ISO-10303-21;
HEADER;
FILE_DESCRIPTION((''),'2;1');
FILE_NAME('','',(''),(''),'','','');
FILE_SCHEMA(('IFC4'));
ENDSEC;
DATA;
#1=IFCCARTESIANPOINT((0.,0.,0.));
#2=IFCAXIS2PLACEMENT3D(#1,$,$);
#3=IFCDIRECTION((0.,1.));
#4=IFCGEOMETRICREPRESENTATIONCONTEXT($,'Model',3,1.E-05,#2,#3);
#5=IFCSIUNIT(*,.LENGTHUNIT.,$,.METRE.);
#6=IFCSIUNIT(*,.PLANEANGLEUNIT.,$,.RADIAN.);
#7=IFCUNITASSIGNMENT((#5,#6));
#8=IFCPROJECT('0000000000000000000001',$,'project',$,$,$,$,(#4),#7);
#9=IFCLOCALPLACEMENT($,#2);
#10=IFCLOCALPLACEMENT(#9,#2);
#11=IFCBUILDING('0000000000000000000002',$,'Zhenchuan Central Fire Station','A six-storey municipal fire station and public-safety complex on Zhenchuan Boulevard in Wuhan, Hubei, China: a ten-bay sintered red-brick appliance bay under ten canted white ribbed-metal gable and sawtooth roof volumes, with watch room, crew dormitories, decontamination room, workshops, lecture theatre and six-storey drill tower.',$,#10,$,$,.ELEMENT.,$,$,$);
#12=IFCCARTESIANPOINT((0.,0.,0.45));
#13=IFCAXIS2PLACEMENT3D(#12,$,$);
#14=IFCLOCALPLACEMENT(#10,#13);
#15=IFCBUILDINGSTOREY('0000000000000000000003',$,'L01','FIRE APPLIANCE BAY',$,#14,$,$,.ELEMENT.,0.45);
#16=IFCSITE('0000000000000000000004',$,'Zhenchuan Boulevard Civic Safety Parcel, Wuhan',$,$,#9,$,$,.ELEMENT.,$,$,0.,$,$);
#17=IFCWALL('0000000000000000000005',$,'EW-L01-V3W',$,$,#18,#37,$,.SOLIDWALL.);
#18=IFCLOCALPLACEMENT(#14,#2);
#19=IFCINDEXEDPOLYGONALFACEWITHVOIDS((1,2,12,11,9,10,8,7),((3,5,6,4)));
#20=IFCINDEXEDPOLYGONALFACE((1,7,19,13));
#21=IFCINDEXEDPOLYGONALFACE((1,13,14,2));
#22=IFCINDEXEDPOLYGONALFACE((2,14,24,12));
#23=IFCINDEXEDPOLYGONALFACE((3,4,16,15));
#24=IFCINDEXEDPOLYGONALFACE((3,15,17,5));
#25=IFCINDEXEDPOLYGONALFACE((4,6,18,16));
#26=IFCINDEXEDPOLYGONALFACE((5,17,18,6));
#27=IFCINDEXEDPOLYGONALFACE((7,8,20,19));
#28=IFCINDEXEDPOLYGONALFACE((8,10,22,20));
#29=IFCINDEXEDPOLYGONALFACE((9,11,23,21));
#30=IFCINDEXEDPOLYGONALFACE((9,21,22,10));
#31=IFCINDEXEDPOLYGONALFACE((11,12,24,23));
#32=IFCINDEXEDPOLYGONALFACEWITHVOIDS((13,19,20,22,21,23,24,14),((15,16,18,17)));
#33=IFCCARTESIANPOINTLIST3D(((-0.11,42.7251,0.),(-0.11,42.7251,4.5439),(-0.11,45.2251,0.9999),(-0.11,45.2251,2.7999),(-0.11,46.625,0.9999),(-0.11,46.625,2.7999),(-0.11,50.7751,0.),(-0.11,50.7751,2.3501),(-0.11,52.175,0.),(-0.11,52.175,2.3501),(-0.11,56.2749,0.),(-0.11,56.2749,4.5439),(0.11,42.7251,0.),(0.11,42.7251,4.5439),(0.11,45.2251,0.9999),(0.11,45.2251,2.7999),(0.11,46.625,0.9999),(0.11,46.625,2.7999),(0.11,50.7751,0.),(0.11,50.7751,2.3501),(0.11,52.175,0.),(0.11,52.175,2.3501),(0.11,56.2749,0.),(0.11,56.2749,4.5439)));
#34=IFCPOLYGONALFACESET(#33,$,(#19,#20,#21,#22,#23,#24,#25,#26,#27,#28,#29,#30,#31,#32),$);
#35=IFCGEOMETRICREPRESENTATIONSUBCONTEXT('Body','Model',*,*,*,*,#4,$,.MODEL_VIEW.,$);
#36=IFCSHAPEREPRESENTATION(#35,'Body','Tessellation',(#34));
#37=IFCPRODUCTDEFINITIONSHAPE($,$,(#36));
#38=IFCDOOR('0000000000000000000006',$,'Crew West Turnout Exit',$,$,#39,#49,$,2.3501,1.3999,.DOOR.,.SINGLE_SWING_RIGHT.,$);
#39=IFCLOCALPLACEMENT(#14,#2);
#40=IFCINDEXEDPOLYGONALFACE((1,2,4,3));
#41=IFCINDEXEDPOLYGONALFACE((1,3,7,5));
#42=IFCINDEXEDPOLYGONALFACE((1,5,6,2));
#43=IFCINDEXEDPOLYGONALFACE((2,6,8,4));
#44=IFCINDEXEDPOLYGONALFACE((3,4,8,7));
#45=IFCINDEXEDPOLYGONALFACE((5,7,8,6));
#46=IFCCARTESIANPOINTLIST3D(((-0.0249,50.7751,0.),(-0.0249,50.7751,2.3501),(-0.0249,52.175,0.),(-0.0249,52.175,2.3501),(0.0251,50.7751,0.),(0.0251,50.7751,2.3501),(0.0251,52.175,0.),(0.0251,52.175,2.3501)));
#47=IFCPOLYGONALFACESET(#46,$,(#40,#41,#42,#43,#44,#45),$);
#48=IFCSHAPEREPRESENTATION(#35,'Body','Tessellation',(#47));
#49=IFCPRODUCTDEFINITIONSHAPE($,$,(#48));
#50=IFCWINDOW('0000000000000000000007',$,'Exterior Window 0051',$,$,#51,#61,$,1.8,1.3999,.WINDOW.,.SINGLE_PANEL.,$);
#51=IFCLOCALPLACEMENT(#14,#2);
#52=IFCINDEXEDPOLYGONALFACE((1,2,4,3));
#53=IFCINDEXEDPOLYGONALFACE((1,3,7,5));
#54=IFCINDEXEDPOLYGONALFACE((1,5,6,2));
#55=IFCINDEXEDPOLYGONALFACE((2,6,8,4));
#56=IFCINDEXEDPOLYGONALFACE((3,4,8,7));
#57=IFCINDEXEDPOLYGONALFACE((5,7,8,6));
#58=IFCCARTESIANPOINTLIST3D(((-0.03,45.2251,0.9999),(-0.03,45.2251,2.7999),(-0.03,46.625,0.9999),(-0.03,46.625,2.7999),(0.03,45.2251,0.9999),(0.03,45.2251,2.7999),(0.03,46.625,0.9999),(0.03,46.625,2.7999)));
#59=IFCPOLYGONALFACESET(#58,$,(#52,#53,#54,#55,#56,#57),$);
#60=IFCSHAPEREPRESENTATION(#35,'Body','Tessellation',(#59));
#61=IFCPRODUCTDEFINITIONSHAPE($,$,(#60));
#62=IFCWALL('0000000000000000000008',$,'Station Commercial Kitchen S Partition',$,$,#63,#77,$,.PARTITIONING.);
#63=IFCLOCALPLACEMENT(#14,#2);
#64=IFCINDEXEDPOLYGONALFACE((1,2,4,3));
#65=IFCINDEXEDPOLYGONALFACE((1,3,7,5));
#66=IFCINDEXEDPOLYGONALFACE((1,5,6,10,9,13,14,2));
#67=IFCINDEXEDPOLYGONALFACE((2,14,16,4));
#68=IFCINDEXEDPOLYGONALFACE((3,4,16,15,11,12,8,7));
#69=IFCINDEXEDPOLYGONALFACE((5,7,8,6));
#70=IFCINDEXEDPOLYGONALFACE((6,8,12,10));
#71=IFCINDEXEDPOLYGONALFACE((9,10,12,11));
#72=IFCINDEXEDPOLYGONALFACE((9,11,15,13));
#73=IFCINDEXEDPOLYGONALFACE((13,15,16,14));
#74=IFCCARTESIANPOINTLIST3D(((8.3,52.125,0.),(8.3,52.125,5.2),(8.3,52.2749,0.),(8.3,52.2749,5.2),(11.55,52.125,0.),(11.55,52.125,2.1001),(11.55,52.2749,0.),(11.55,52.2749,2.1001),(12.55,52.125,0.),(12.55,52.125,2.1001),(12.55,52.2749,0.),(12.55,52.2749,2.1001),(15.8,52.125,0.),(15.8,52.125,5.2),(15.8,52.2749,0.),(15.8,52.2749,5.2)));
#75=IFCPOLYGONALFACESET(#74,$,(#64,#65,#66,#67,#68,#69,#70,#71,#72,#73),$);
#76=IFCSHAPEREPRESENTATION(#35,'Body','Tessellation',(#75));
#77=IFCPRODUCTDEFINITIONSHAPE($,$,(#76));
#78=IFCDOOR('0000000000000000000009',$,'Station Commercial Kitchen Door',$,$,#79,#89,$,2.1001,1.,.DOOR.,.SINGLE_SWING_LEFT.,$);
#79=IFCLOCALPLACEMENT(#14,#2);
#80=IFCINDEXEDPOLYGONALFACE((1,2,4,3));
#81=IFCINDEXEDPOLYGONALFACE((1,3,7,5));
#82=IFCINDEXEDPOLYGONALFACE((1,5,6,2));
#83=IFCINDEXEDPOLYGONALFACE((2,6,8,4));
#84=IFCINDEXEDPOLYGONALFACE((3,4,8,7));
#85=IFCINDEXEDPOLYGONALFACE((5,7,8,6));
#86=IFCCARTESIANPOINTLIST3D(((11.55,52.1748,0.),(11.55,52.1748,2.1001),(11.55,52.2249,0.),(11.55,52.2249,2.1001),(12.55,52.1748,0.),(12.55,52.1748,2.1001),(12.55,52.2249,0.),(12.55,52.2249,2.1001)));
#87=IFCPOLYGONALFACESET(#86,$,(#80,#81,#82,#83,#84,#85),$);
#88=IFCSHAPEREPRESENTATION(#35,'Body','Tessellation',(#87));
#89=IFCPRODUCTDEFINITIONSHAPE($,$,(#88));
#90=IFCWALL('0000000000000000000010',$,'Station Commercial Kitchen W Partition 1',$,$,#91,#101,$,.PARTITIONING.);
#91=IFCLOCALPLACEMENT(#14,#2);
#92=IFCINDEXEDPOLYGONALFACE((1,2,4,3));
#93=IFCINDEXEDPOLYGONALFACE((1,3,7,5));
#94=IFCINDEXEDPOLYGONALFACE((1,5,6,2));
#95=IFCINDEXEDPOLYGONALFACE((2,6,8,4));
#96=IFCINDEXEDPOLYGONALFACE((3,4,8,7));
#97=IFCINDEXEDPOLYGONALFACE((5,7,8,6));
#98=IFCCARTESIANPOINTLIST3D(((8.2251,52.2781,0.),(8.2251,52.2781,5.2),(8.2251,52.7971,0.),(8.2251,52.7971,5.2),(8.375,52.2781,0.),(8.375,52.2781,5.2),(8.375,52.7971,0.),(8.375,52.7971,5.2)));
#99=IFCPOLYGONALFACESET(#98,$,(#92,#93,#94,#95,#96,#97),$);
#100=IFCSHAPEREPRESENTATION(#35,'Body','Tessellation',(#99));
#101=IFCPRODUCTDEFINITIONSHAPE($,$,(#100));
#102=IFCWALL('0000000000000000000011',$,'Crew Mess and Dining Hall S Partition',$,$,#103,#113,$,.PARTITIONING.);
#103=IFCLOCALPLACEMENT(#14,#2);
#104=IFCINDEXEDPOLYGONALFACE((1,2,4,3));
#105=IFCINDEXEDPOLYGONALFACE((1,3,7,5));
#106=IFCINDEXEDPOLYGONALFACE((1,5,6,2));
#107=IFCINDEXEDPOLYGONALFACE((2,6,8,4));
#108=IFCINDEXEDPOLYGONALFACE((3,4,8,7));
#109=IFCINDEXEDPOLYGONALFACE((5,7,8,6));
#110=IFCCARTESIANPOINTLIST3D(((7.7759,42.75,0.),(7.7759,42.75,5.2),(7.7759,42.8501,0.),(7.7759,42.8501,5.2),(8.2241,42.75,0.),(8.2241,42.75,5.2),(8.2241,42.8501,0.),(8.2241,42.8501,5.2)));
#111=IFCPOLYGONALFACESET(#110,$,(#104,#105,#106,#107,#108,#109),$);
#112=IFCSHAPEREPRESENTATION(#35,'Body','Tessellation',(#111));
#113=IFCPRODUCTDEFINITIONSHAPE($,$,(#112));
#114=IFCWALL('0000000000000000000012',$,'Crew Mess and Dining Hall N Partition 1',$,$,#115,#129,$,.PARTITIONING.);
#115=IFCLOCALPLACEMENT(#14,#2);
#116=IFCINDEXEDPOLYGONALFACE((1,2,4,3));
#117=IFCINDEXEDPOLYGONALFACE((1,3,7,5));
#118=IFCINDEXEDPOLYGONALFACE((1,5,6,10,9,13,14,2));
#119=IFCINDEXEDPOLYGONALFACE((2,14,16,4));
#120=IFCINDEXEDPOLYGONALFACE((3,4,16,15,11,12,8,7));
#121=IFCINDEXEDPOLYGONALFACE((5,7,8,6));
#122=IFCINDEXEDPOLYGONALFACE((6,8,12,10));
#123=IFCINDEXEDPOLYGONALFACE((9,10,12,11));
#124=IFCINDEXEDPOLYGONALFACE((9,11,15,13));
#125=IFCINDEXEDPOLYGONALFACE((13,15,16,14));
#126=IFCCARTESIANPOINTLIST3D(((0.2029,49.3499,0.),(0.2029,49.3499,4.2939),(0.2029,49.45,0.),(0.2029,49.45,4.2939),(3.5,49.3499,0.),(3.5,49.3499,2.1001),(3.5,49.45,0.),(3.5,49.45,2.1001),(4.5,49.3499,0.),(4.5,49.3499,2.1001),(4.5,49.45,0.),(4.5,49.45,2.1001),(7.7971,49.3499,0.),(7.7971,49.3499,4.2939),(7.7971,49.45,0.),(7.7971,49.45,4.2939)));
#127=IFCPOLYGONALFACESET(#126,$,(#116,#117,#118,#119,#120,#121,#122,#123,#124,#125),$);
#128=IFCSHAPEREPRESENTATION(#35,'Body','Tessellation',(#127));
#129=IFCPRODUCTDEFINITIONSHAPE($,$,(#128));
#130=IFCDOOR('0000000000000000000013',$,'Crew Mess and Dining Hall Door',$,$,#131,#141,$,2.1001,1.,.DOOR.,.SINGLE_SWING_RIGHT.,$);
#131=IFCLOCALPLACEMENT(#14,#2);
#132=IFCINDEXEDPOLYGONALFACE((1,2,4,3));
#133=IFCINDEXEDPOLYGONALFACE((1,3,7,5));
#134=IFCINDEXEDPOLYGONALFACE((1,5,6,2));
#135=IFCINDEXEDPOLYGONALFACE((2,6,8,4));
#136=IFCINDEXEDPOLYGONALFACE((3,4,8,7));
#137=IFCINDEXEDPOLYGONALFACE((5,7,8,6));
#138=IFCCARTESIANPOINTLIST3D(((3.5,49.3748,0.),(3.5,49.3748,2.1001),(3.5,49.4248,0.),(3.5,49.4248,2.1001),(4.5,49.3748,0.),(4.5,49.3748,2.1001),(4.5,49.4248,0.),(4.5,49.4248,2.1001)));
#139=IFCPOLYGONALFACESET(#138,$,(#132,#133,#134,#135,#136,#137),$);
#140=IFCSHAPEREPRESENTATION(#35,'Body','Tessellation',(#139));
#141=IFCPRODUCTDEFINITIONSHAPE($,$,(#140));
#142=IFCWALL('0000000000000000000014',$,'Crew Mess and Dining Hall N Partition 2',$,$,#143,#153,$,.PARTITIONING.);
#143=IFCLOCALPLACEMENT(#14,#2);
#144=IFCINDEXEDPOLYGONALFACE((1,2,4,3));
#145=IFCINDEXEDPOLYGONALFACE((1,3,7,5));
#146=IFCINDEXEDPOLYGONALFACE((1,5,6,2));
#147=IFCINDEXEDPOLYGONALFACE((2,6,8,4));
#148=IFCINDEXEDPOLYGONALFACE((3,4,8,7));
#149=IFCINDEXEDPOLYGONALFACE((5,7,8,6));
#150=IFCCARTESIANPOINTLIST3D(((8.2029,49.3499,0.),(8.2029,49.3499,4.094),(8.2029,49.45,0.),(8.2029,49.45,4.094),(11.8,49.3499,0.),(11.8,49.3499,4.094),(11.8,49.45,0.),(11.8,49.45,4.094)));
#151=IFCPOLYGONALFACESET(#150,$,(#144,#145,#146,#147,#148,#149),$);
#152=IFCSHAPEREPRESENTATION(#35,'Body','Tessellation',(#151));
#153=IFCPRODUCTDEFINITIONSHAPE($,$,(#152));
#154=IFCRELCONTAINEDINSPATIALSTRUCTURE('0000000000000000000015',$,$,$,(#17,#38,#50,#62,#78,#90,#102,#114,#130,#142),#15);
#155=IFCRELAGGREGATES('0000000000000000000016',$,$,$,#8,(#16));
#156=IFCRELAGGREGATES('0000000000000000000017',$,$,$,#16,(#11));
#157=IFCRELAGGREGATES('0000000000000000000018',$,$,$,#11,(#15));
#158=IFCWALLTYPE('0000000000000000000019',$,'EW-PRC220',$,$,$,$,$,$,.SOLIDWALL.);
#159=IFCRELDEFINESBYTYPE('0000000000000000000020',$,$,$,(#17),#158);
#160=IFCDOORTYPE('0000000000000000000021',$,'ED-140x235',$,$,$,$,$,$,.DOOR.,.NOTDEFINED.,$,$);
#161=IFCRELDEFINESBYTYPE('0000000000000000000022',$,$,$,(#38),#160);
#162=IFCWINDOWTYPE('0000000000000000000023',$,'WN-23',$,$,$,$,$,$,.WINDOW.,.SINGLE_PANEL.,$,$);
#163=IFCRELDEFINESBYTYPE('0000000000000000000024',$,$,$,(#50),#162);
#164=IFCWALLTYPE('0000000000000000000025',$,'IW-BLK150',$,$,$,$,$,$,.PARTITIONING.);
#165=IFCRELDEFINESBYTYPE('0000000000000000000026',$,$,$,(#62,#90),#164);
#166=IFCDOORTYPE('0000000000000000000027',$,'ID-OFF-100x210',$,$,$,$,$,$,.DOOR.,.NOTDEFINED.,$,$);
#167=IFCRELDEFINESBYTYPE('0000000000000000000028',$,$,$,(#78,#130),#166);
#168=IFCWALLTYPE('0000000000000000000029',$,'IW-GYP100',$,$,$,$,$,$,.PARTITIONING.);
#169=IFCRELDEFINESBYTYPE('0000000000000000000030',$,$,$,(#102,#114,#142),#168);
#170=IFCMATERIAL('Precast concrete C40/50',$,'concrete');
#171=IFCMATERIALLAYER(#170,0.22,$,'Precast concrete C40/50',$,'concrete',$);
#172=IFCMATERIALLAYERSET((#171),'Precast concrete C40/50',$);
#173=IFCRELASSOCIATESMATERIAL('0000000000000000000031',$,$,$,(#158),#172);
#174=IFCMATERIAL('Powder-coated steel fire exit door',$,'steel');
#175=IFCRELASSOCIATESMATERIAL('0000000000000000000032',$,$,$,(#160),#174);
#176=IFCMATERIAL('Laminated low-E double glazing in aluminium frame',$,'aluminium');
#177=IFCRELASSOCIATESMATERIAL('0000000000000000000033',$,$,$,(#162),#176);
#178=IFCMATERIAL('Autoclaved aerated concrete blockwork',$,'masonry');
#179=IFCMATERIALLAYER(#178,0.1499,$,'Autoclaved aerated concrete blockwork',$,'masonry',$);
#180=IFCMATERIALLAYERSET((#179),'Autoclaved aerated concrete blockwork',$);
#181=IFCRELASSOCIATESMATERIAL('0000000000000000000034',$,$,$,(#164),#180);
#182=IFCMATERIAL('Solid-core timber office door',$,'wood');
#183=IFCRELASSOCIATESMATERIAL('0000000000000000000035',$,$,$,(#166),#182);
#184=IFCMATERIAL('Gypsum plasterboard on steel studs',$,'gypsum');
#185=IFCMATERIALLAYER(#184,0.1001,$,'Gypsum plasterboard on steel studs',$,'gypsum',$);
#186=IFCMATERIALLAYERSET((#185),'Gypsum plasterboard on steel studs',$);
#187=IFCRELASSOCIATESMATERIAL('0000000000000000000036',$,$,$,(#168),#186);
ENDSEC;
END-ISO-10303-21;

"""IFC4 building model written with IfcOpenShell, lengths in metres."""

from ifc_helpers import new_model, si_unit, direction, frame, frame_2d, origin, place, context, subcontext, project, spatial, rectangle, extrude, material, layer, layer_set, type_object, element, fill, save


model = new_model("IFC4")

# Units and contexts
model_context = context("Model", 3, precision=1e-05, world=origin(), true_north=direction((0.0, 1.0)))
body_context = subcontext(model_context, "Body", "Model", "MODEL_VIEW")
ifc_project = project(units=[si_unit("LENGTHUNIT", "METRE"), si_unit("PLANEANGLEUNIT", "RADIAN")], contexts=[model_context])

# Site, building, storey
site_placement = place(None, origin())
site = spatial("IfcSite", under=ifc_project, at=site_placement, Name="Zhenchuan Boulevard Civic Safety Parcel, Wuhan", CompositionType="ELEMENT", RefElevation=0.0)
building_placement = place(site_placement, origin())
building = spatial("IfcBuilding", under=site, at=building_placement, Name="Zhenchuan Central Fire Station", Description="A six-storey municipal fire station and public-safety complex on Zhenchuan Boulevard in Wuhan, Hubei, China: a ten-bay sintered red-brick appliance bay under ten canted white ribbed-metal gable and sawtooth roof volumes, with watch room, crew dormitories, decontamination room, workshops, lecture theatre and six-storey drill tower.", CompositionType="ELEMENT")
storey_placement = place(building_placement, frame((0.0, 0.0, 0.45)))
storey = spatial("IfcBuildingStorey", under=building, at=storey_placement, Name="L01", Description="FIRE APPLIANCE BAY", CompositionType="ELEMENT", Elevation=0.45)

# Wall, openings, door, window
ifc_material_1 = material(Name="Precast concrete C40/50", Category="concrete")
ifc_layer_1 = layer(ifc_material_1, 0.22, Name="Precast concrete C40/50", Category="concrete")
ifc_layer_set_1 = layer_set([ifc_layer_1], Name="Precast concrete C40/50")
wall_type_1 = type_object("IfcWallType", Name="EW-PRC220", PredefinedType="SOLIDWALL", material=ifc_layer_set_1)
wall_1_placement = place(storey_placement, frame((0.0, 42.7251, 0.0), z_axis=(0.0, 0.0, 1.0), x_axis=(0.0, 1.0, 0.0)))
wall_1 = element("IfcWall", 1, at=wall_1_placement, inside=storey, type_object=wall_type_1, Name="EW-L01-V3W", PredefinedType="SOLIDWALL", context=body_context, shape_type="SweptSolid", body=[
    extrude(rectangle(XDim=13.5498, YDim=0.22, at=frame_2d((6.7749, 0.0))), origin(), (0.0, 0.0, 1.0), 4.5439),
])
opening_1_placement = place(wall_1_placement, frame((8.05, 0.0, 0.0)))
opening_1 = element("IfcOpeningElement", 2, at=opening_1_placement, cuts=wall_1, PredefinedType="OPENING", context=body_context, shape_type="SweptSolid", body=[
    extrude(rectangle(XDim=1.3999, YDim=2.3501, at=frame_2d((0.7, 1.175))), frame((0.0, 0.1199, 0.0), z_axis=(0.0, -1.0, 0.0), x_axis=(1.0, 0.0, 0.0)), (0.0, 0.0, 1.0), 0.24),
])
opening_2_placement = place(wall_1_placement, frame((2.5, 0.0, 1.0)))
opening_2 = element("IfcOpeningElement", 3, at=opening_2_placement, cuts=wall_1, PredefinedType="OPENING", context=body_context, shape_type="SweptSolid", body=[
    extrude(rectangle(XDim=1.3999, YDim=1.8, at=frame_2d((0.7, 0.8999))), frame((0.0, 0.1199, 0.0), z_axis=(0.0, -1.0, 0.0), x_axis=(1.0, 0.0, 0.0)), (0.0, 0.0, 1.0), 0.24),
])
ifc_material_2 = material(Name="Powder-coated steel fire exit door", Category="steel")
door_type_1 = type_object("IfcDoorType", Name="ED-140x235", OperationType="NOTDEFINED", PredefinedType="DOOR", material=ifc_material_2)
door_1_placement = place(opening_1_placement, origin())
door_1 = element("IfcDoor", 4, at=door_1_placement, inside=storey, type_object=door_type_1, Name="Crew West Turnout Exit", OperationType="SINGLE_SWING_RIGHT", OverallHeight=2.3501, OverallWidth=1.3999, PredefinedType="DOOR", context=body_context, shape_type="SweptSolid", body=[
    extrude(rectangle(XDim=1.3999, YDim=2.3501, at=frame_2d((0.7, 1.175))), frame((0.0, 0.0249, 0.0), z_axis=(0.0, -1.0, 0.0), x_axis=(1.0, 0.0, 0.0)), (0.0, 0.0, 1.0), 0.05),
])
fill(opening_1, door_1)
ifc_material_3 = material(Name="Laminated low-E double glazing in aluminium frame", Category="aluminium")
window_type = type_object("IfcWindowType", Name="WN-23", PartitioningType="SINGLE_PANEL", PredefinedType="WINDOW", material=ifc_material_3)
window_placement = place(opening_2_placement, origin())
window = element("IfcWindow", 5, at=window_placement, inside=storey, type_object=window_type, Name="Exterior Window 0051", OverallHeight=1.8, OverallWidth=1.3999, PartitioningType="SINGLE_PANEL", PredefinedType="WINDOW", context=body_context, shape_type="SweptSolid", body=[
    extrude(rectangle(XDim=1.3999, YDim=1.8, at=frame_2d((0.7, 0.8999))), frame((0.0, 0.03, 0.0), z_axis=(0.0, -1.0, 0.0), x_axis=(1.0, 0.0, 0.0)), (0.0, 0.0, 1.0), 0.0601),
])
fill(opening_2, window)

# Wall, opening, door
ifc_material_4 = material(Name="Autoclaved aerated concrete blockwork", Category="masonry")
ifc_layer_2 = layer(ifc_material_4, 0.1499, Name="Autoclaved aerated concrete blockwork", Category="masonry")
ifc_layer_set_2 = layer_set([ifc_layer_2], Name="Autoclaved aerated concrete blockwork")
wall_type_2 = type_object("IfcWallType", Name="IW-BLK150", PredefinedType="PARTITIONING", material=ifc_layer_set_2)
wall_2_placement = place(storey_placement, frame((8.3, 52.2, 0.0), z_axis=(0.0, 0.0, 1.0), x_axis=(1.0, 0.0, 0.0)))
wall_2 = element("IfcWall", 6, at=wall_2_placement, inside=storey, type_object=wall_type_2, Name="Station Commercial Kitchen S Partition", PredefinedType="PARTITIONING", context=body_context, shape_type="SweptSolid", body=[
    extrude(rectangle(XDim=7.5, YDim=0.1499, at=frame_2d((3.75, 0.0))), origin(), (0.0, 0.0, 1.0), 5.2),
])
opening_3_placement = place(wall_2_placement, frame((3.25, 0.0, 0.0)))
opening_3 = element("IfcOpeningElement", 7, at=opening_3_placement, cuts=wall_2, PredefinedType="OPENING", context=body_context, shape_type="SweptSolid", body=[
    extrude(rectangle(XDim=1.0, YDim=2.1001, at=frame_2d((0.5, 1.05))), frame((0.0, 0.085, 0.0), z_axis=(0.0, -1.0, 0.0), x_axis=(1.0, 0.0, 0.0)), (0.0, 0.0, 1.0), 0.1699),
])
ifc_material_5 = material(Name="Solid-core timber office door", Category="wood")
door_type_2 = type_object("IfcDoorType", Name="ID-OFF-100x210", OperationType="NOTDEFINED", PredefinedType="DOOR", material=ifc_material_5)
door_2_placement = place(opening_3_placement, origin())
door_2 = element("IfcDoor", 8, at=door_2_placement, inside=storey, type_object=door_type_2, Name="Station Commercial Kitchen Door", OperationType="SINGLE_SWING_LEFT", OverallHeight=2.1001, OverallWidth=1.0, PredefinedType="DOOR", context=body_context, shape_type="SweptSolid", body=[
    extrude(rectangle(XDim=1.0, YDim=2.1001, at=frame_2d((0.5, 1.05))), frame((0.0, 0.0249, 0.0), z_axis=(0.0, -1.0, 0.0), x_axis=(1.0, 0.0, 0.0)), (0.0, 0.0, 1.0), 0.05),
])
fill(opening_3, door_2)

# Walls
wall_3_placement = place(storey_placement, frame((8.3, 52.2781, 0.0), z_axis=(0.0, 0.0, 1.0), x_axis=(0.0, 1.0, 0.0)))
element("IfcWall", 9, at=wall_3_placement, inside=storey, type_object=wall_type_2, Name="Station Commercial Kitchen W Partition 1", PredefinedType="PARTITIONING", context=body_context, shape_type="SweptSolid", body=[
    extrude(rectangle(XDim=0.519, YDim=0.1499, at=frame_2d((0.2595, 0.0))), origin(), (0.0, 0.0, 1.0), 5.2),
])
ifc_material_6 = material(Name="Gypsum plasterboard on steel studs", Category="gypsum")
ifc_layer_3 = layer(ifc_material_6, 0.1001, Name="Gypsum plasterboard on steel studs", Category="gypsum")
ifc_layer_set_3 = layer_set([ifc_layer_3], Name="Gypsum plasterboard on steel studs")
wall_type_3 = type_object("IfcWallType", Name="IW-GYP100", PredefinedType="PARTITIONING", material=ifc_layer_set_3)
wall_4_placement = place(storey_placement, frame((7.7759, 42.8, 0.0), z_axis=(0.0, 0.0, 1.0), x_axis=(1.0, 0.0, 0.0)))
element("IfcWall", 10, at=wall_4_placement, inside=storey, type_object=wall_type_3, Name="Crew Mess and Dining Hall S Partition", PredefinedType="PARTITIONING", context=body_context, shape_type="SweptSolid", body=[
    extrude(rectangle(XDim=0.4482, YDim=0.1001, at=frame_2d((0.2241, 0.0))), origin(), (0.0, 0.0, 1.0), 5.2),
])

# Wall, opening, door
wall_5_placement = place(storey_placement, frame((0.2029, 49.3999, 0.0), z_axis=(0.0, 0.0, 1.0), x_axis=(1.0, 0.0, 0.0)))
wall_5 = element("IfcWall", 11, at=wall_5_placement, inside=storey, type_object=wall_type_3, Name="Crew Mess and Dining Hall N Partition 1", PredefinedType="PARTITIONING", context=body_context, shape_type="SweptSolid", body=[
    extrude(rectangle(XDim=7.5942, YDim=0.1001, at=frame_2d((3.7971, 0.0))), origin(), (0.0, 0.0, 1.0), 4.2939),
])
opening_4_placement = place(wall_5_placement, frame((3.2971, 0.0, 0.0)))
opening_4 = element("IfcOpeningElement", 12, at=opening_4_placement, cuts=wall_5, PredefinedType="OPENING", context=body_context, shape_type="SweptSolid", body=[
    extrude(rectangle(XDim=1.0, YDim=2.1001, at=frame_2d((0.5, 1.05))), frame((0.0, 0.0601, 0.0), z_axis=(0.0, -1.0, 0.0), x_axis=(1.0, 0.0, 0.0)), (0.0, 0.0, 1.0), 0.1201),
])
door_3_placement = place(opening_4_placement, origin())
door_3 = element("IfcDoor", 13, at=door_3_placement, inside=storey, type_object=door_type_2, Name="Crew Mess and Dining Hall Door", OperationType="SINGLE_SWING_RIGHT", OverallHeight=2.1001, OverallWidth=1.0, PredefinedType="DOOR", context=body_context, shape_type="SweptSolid", body=[
    extrude(rectangle(XDim=1.0, YDim=2.1001, at=frame_2d((0.5, 1.05))), frame((0.0, 0.0249, 0.0), z_axis=(0.0, -1.0, 0.0), x_axis=(1.0, 0.0, 0.0)), (0.0, 0.0, 1.0), 0.05),
])
fill(opening_4, door_3)

# Wall
wall_6_placement = place(storey_placement, frame((8.2029, 49.3999, 0.0), z_axis=(0.0, 0.0, 1.0), x_axis=(1.0, 0.0, 0.0)))
element("IfcWall", 14, at=wall_6_placement, inside=storey, type_object=wall_type_3, Name="Crew Mess and Dining Hall N Partition 2", PredefinedType="PARTITIONING", context=body_context, shape_type="SweptSolid", body=[
    extrude(rectangle(XDim=3.5972, YDim=0.1001, at=frame_2d((1.7986, 0.0))), origin(), (0.0, 0.0, 1.0), 4.094),
])

save(model, "model.ifc")
